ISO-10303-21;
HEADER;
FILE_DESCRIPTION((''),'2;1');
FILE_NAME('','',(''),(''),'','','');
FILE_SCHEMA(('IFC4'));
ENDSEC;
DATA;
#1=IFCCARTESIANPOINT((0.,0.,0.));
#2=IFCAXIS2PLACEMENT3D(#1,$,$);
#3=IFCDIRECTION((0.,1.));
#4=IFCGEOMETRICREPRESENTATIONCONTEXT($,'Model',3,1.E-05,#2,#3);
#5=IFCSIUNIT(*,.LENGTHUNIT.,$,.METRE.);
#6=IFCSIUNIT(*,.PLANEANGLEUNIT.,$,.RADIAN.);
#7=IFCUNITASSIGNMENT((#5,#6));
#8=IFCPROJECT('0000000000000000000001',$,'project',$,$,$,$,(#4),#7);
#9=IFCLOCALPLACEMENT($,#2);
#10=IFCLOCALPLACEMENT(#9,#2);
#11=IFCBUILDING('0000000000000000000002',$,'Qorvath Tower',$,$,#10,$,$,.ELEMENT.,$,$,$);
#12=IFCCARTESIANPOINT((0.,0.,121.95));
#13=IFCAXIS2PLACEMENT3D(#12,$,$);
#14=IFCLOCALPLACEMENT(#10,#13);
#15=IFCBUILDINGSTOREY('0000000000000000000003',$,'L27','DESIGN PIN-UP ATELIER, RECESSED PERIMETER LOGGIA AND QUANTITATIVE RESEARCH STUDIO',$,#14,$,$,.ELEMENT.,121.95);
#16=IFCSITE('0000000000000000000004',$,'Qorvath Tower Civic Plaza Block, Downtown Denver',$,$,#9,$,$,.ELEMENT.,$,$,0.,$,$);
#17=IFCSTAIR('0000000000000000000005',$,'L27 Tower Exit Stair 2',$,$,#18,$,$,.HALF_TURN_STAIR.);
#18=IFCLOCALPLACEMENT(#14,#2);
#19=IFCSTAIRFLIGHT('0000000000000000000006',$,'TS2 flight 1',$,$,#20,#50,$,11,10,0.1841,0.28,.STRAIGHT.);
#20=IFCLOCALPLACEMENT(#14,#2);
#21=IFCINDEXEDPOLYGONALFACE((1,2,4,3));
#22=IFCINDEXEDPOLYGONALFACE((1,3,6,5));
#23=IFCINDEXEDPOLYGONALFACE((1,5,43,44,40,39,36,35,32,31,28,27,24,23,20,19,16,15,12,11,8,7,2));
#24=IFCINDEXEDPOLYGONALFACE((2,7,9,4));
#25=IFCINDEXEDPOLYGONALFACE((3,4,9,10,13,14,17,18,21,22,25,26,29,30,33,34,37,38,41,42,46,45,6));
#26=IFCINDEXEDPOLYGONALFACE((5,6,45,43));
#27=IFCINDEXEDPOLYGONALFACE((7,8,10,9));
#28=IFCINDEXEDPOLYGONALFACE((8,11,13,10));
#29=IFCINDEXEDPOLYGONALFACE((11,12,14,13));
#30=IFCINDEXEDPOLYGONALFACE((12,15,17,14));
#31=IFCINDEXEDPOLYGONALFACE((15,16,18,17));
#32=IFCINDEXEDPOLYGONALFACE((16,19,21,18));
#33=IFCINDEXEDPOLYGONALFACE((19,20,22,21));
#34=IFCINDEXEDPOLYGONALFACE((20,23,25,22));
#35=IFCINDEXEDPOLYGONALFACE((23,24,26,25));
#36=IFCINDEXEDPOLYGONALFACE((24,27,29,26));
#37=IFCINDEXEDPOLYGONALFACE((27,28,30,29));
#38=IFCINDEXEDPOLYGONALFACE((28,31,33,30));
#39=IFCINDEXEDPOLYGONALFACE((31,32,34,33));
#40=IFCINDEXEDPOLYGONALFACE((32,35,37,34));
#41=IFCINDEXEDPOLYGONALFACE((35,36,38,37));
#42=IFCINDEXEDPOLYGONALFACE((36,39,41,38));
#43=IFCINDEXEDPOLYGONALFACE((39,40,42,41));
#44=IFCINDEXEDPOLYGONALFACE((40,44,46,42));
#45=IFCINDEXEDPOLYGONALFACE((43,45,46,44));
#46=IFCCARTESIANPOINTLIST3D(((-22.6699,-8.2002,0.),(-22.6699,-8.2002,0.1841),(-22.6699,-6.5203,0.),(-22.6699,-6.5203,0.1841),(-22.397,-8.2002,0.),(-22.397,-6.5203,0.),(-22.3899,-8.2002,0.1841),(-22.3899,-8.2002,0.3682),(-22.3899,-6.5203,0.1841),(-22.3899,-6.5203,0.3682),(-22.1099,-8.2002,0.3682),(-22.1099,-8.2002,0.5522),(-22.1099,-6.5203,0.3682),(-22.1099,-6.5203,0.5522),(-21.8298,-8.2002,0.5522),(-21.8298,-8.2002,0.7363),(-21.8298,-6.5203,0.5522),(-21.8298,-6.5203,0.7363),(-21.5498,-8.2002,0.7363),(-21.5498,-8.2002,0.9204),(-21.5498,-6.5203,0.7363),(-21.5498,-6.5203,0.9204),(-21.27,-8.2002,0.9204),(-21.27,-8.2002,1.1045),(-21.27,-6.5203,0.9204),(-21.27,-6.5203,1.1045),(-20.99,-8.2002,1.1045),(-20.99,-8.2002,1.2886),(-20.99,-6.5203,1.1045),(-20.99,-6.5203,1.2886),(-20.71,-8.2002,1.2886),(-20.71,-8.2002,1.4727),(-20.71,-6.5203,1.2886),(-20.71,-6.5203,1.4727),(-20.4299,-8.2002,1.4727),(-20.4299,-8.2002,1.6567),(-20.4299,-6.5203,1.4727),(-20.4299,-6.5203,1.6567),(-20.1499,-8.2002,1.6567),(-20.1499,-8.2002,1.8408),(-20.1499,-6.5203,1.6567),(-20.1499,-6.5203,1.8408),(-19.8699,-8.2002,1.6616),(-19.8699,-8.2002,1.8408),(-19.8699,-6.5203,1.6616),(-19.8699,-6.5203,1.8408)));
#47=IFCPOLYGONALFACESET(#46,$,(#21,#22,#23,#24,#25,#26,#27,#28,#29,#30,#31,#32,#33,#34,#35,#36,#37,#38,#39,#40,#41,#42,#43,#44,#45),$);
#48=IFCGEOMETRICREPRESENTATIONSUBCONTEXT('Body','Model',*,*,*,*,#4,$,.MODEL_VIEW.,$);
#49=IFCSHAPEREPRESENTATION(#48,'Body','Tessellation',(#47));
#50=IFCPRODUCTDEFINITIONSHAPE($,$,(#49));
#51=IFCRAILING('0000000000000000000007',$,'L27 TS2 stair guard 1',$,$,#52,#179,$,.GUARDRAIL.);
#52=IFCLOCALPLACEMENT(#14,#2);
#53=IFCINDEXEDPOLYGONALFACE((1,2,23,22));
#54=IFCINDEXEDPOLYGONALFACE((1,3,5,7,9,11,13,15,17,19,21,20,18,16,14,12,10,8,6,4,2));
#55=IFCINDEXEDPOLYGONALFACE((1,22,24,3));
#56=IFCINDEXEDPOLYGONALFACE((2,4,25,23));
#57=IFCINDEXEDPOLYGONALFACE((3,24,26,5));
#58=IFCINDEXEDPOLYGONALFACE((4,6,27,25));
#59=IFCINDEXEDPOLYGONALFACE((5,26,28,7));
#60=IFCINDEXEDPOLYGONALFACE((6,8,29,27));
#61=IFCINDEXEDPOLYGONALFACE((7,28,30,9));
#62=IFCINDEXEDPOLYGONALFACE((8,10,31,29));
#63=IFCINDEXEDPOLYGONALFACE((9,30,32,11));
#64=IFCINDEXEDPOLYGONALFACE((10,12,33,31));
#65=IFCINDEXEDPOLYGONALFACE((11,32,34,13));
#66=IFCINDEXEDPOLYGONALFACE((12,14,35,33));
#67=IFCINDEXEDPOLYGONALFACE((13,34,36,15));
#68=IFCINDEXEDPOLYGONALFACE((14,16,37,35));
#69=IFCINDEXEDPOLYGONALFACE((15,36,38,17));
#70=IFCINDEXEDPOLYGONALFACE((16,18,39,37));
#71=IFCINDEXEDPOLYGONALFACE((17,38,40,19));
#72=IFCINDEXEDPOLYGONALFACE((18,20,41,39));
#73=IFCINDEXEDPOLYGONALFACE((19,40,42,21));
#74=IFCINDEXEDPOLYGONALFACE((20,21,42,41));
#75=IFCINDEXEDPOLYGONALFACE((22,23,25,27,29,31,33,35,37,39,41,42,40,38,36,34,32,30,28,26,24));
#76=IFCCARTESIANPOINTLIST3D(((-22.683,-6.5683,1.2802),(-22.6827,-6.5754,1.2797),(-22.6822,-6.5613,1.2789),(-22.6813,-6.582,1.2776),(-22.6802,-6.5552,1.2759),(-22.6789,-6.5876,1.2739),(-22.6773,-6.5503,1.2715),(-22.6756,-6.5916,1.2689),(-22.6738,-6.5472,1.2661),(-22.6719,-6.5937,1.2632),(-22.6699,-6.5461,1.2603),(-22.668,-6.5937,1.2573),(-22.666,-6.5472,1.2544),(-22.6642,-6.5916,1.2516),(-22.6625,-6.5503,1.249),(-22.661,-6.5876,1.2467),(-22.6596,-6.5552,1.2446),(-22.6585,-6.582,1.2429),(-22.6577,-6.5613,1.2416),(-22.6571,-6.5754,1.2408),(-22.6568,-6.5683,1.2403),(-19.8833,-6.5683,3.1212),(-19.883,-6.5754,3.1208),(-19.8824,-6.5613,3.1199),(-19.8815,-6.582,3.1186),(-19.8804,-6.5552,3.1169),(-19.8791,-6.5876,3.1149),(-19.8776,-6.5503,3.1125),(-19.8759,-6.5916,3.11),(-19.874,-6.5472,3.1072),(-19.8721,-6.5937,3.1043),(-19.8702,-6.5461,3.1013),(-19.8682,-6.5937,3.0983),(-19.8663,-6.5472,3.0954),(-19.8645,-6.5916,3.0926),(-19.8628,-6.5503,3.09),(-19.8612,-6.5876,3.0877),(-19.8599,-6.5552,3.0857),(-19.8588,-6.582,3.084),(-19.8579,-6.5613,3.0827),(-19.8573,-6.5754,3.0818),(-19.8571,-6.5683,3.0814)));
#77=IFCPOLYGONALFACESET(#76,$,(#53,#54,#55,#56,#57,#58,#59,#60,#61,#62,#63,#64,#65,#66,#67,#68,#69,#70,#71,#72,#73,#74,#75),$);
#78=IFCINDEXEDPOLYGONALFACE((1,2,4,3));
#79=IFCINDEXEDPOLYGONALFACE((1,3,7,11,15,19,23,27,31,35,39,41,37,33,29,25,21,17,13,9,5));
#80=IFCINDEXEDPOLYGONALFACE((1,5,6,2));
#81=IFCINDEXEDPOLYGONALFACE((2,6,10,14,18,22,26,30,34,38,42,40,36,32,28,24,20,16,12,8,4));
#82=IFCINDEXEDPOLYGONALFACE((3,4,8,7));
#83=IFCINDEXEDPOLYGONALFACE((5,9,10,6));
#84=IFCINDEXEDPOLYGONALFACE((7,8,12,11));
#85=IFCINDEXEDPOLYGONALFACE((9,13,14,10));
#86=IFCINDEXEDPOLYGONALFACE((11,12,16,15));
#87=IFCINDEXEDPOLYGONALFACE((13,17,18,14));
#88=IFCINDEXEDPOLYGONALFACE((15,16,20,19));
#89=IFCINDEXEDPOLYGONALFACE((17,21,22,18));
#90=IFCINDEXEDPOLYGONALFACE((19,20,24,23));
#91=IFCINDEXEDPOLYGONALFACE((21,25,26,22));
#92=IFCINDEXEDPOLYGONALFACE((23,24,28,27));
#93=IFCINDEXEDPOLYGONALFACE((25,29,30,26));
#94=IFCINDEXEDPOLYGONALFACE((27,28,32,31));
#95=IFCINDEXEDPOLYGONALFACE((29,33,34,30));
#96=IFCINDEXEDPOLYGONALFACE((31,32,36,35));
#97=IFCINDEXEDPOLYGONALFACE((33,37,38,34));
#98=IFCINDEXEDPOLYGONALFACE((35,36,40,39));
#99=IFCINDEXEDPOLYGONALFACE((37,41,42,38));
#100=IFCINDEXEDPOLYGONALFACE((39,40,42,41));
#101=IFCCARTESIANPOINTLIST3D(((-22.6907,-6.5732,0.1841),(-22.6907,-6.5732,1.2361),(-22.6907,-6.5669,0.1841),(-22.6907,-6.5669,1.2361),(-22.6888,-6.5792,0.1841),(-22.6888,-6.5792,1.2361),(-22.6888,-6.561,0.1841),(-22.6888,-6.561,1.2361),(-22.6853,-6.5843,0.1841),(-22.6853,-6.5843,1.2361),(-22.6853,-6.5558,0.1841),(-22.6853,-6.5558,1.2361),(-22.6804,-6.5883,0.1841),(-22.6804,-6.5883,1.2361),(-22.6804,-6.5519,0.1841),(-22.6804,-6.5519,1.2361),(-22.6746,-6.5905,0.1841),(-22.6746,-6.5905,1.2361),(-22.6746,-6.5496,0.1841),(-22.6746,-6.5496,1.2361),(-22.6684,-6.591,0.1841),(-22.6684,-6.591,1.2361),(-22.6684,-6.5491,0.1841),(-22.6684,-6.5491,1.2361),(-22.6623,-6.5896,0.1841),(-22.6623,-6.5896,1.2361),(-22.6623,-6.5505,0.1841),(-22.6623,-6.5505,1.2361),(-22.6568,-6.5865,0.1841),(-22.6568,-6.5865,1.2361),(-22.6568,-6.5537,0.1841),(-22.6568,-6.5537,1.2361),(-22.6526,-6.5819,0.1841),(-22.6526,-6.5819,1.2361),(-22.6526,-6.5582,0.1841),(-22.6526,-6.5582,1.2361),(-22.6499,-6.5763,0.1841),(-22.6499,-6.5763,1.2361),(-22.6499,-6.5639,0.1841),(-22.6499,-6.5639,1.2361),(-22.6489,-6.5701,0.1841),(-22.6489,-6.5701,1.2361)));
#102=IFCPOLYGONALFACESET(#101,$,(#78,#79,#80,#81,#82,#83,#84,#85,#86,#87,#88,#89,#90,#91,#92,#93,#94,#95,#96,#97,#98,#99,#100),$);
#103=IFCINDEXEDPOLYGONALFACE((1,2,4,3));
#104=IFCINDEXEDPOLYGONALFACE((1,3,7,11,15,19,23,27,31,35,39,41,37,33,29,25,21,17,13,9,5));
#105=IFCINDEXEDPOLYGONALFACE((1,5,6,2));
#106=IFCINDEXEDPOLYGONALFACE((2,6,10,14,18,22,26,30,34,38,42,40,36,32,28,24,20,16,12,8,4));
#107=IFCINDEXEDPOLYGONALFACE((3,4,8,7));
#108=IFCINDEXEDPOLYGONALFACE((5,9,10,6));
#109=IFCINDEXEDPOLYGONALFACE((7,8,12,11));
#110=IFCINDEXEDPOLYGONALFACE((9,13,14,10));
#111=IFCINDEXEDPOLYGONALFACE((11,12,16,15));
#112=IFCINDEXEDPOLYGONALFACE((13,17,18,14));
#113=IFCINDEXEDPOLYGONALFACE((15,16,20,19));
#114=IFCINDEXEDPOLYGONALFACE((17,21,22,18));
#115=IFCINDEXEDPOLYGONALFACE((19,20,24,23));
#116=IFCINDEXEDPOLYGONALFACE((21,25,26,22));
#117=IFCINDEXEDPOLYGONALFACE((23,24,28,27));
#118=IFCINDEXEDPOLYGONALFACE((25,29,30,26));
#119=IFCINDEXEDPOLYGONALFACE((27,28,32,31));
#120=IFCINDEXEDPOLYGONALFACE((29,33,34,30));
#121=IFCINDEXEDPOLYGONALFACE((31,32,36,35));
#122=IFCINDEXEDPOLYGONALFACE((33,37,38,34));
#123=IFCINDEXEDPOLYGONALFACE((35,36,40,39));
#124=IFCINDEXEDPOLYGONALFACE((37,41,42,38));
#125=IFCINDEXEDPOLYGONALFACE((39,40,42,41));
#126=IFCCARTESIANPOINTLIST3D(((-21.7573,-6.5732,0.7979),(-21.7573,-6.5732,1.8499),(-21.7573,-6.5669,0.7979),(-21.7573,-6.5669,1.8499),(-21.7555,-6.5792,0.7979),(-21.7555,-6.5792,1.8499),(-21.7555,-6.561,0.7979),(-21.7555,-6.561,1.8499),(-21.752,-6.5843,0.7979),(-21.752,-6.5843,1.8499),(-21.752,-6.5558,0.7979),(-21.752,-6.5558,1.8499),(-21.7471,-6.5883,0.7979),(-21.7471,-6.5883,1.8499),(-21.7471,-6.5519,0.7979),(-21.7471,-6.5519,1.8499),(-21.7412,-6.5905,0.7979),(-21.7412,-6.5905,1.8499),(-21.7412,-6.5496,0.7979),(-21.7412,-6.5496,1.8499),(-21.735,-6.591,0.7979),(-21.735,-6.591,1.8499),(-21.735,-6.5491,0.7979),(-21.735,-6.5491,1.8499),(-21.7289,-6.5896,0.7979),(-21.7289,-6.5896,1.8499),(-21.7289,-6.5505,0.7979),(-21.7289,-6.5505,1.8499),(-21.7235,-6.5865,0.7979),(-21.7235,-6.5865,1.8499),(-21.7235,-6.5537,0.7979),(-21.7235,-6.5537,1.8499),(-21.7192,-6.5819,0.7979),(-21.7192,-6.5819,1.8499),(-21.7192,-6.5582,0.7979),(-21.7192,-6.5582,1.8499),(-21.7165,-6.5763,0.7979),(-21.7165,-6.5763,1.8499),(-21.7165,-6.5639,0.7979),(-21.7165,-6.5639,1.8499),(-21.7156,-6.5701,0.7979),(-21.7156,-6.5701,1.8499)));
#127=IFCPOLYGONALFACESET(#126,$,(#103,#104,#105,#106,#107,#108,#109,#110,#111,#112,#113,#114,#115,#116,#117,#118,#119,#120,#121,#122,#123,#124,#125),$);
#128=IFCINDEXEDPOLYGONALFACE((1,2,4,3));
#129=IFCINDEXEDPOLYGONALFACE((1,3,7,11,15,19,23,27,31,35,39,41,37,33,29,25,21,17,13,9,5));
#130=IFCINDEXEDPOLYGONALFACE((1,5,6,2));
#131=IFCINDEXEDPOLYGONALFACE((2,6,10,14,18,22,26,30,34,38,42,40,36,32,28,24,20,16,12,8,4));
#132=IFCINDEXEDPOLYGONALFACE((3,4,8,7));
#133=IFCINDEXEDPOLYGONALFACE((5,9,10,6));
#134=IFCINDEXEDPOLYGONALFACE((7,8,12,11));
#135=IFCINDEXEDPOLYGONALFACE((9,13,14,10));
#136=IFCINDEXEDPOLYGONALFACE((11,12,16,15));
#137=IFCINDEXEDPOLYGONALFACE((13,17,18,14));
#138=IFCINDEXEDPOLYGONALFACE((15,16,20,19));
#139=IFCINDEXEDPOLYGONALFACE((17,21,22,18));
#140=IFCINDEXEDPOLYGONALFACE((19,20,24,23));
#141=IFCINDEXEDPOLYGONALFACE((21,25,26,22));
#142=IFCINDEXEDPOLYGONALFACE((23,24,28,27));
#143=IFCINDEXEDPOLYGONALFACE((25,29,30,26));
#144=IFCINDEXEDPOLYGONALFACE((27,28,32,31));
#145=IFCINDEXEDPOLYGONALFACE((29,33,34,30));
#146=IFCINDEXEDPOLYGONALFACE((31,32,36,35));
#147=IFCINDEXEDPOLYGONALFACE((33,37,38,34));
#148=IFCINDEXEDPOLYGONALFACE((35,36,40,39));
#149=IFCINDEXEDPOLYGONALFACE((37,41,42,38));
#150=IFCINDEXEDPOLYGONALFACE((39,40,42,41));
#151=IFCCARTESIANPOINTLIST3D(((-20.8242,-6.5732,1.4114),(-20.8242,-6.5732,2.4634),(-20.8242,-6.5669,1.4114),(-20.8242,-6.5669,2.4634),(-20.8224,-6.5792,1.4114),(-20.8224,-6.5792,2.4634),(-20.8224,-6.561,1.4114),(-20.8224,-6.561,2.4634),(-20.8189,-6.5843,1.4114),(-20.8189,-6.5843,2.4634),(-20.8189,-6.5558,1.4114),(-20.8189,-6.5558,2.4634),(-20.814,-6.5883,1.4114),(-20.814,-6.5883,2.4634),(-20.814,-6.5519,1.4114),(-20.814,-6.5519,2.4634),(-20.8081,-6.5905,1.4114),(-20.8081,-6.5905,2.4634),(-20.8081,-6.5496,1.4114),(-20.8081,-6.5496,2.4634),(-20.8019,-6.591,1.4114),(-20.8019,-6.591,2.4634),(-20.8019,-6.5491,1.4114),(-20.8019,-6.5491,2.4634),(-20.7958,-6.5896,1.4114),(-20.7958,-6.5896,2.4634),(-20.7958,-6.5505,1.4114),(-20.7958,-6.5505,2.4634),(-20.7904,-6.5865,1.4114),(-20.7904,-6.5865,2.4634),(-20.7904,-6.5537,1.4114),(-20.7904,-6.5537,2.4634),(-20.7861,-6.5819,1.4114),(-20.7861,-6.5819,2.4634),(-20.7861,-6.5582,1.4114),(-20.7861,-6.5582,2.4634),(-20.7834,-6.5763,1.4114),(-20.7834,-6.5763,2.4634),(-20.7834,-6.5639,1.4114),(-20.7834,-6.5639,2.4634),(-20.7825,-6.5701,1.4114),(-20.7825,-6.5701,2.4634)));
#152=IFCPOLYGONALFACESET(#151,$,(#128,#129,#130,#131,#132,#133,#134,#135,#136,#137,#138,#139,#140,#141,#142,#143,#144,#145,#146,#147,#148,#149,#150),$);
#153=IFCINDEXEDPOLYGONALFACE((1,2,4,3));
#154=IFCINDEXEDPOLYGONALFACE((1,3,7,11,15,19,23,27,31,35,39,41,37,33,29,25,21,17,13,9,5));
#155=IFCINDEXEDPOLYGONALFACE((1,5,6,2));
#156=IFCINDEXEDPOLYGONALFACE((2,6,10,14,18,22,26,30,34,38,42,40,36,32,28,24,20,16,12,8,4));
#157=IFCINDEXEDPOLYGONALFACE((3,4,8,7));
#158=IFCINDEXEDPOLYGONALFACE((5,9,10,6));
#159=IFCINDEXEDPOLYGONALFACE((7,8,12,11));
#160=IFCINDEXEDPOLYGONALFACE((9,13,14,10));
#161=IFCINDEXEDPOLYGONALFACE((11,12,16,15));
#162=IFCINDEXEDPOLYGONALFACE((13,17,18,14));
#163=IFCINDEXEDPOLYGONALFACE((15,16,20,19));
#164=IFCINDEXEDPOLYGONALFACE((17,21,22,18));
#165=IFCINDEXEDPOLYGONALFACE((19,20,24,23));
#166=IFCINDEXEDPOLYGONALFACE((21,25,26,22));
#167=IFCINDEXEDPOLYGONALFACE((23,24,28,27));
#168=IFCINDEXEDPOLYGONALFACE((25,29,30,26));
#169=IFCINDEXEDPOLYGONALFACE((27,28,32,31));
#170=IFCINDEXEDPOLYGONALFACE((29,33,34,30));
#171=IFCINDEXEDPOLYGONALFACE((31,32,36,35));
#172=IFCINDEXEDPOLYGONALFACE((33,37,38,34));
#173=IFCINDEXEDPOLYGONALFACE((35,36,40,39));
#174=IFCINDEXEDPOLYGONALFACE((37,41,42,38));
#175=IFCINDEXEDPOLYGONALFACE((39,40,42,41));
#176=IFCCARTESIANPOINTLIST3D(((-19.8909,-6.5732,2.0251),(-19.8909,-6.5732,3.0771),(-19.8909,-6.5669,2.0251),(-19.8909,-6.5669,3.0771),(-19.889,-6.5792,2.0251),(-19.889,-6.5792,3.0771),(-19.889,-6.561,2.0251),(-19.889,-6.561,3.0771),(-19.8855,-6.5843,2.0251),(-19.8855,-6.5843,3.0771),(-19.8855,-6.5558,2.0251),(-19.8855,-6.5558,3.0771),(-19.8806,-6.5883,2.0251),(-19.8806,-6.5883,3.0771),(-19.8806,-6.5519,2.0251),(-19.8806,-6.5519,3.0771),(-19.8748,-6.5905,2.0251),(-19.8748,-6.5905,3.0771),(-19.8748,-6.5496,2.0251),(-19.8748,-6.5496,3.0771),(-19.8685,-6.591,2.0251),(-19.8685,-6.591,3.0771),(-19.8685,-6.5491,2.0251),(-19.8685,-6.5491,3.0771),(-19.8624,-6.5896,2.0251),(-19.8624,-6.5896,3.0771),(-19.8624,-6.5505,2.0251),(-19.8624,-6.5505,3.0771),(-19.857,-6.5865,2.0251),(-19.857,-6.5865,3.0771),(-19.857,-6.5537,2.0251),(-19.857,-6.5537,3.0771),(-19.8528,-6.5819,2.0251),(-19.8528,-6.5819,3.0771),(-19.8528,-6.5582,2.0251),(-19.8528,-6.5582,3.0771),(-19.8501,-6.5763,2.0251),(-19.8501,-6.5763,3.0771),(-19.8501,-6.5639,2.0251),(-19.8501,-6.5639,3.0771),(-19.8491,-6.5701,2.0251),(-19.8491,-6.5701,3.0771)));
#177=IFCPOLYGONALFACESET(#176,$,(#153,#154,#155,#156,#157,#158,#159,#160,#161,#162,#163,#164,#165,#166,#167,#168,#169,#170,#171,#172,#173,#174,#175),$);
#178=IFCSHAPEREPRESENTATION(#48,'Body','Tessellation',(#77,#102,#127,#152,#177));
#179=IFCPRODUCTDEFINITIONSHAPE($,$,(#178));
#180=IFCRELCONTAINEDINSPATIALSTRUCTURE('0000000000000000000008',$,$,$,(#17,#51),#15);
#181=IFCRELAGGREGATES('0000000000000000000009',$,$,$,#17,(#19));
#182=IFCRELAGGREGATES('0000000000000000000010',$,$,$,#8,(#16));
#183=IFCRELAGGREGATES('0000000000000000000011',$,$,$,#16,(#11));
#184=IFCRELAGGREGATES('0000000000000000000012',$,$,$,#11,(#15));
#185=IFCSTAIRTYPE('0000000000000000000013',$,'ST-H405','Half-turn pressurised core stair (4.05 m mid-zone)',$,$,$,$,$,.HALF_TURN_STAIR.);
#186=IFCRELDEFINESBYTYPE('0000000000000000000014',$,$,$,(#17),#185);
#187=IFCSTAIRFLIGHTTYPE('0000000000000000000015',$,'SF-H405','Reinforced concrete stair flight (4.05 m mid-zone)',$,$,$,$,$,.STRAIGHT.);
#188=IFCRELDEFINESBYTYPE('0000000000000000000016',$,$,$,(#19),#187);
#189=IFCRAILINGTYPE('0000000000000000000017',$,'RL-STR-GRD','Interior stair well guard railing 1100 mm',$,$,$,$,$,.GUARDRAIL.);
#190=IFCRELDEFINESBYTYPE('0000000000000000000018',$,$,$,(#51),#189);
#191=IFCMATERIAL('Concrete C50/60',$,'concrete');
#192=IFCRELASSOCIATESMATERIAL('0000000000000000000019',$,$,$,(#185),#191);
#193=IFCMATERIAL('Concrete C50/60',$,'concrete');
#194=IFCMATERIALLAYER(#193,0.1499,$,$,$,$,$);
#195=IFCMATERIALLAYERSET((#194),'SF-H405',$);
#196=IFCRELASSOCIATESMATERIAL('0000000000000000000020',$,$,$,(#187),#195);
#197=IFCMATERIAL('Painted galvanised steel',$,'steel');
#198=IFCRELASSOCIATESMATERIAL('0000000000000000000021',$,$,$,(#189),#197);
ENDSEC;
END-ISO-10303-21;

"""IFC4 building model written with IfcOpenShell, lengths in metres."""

from ifc_helpers import new_model, si_unit, direction, frame, origin, origin_2d, place, context, subcontext, project, spatial, polyline, circle, outline, extrude, material, layer, layer_set, type_object, element, aggregate, save


model = new_model("IFC4")

# Units and contexts
model_context = context("Model", 3, precision=1e-05, world=origin(), true_north=direction((0.0, 1.0)))
body_context = subcontext(model_context, "Body", "Model", "MODEL_VIEW")
ifc_project = project(units=[si_unit("LENGTHUNIT", "METRE"), si_unit("PLANEANGLEUNIT", "RADIAN")], contexts=[model_context])

# Site, building, storey
site_placement = place(None, origin())
site = spatial("IfcSite", under=ifc_project, at=site_placement, Name="Qorvath Tower Civic Plaza Block, Downtown Denver", CompositionType="ELEMENT", RefElevation=0.0)
building_placement = place(site_placement, origin())
building = spatial("IfcBuilding", under=site, at=building_placement, Name="Qorvath Tower", CompositionType="ELEMENT")
storey_placement = place(building_placement, frame((0.0, 0.0, 121.95)))
storey = spatial("IfcBuildingStorey", under=building, at=storey_placement, Name="L27", Description="DESIGN PIN-UP ATELIER, RECESSED PERIMETER LOGGIA AND QUANTITATIVE RESEARCH STUDIO", CompositionType="ELEMENT", Elevation=121.95)

# Stair, stair flight
ifc_material_1 = material(Name="Concrete C50/60", Category="concrete")
stair_type = type_object("IfcStairType", Name="ST-H405", Description="Half-turn pressurised core stair (4.05 m mid-zone)", PredefinedType="HALF_TURN_STAIR", material=ifc_material_1)
stair_placement = place(storey_placement, origin())
stair = element("IfcStair", 1, at=stair_placement, inside=storey, type_object=stair_type, Name="L27 Tower Exit Stair 2", PredefinedType="HALF_TURN_STAIR")
ifc_material_2 = material(Name="Concrete C50/60", Category="concrete")
ifc_layer_1 = layer(ifc_material_2, 0.1499)
ifc_layer_set_1 = layer_set([ifc_layer_1], Name="SF-H405")
stair_flight_type = type_object("IfcStairFlightType", Name="SF-H405", Description="Reinforced concrete stair flight (4.05 m mid-zone)", PredefinedType="STRAIGHT", material=ifc_layer_set_1)
stair_flight_placement = place(storey_placement, frame((-22.6699, -7.3601, 0.0), z_axis=(0.0, 0.0, 1.0), x_axis=(1.0, 0.0, 0.0)))
stair_flight = element("IfcStairFlight", 2, at=stair_flight_placement, type_object=stair_flight_type, Name="TS2 flight 1", NumberOfRisers=11, NumberOfTreads=10, PredefinedType="STRAIGHT", RiserHeight=0.1841, TreadLength=0.28, context=body_context, shape_type="SweptSolid", body=[
    extrude(outline(polyline([(0.0, 0.0), (0.0, 0.1841), (0.28, 0.1841), (0.28, 0.3682), (0.5601, 0.3682), (0.5601, 0.5522), (0.8401, 0.5522), (0.8401, 0.7363), (1.1201, 0.7363), (1.1201, 0.9204), (1.3999, 0.9204), (1.3999, 1.1045), (1.6799, 1.1045), (1.6799, 1.2886), (1.96, 1.2886), (1.96, 1.4727), (2.24, 1.4727), (2.24, 1.6567), (2.52, 1.6567), (2.52, 1.8408), (2.8, 1.8408), (2.8, 2.0249), (2.8, 1.6616), (0.2729, 0.0), (0.0, 0.0)])), frame((0.0, 0.8398, 0.0), z_axis=(0.0, -1.0, 0.0), x_axis=(1.0, 0.0, 0.0)), (0.0, 0.0, 1.0), 1.6799),
])
aggregate(stair, [stair_flight])

# Railing
ifc_material_3 = material(Name="Painted galvanised steel", Category="steel")
railing_type_1 = type_object("IfcRailingType", Name="RL-STR-GRD", Description="Interior stair well guard railing 1100 mm", PredefinedType="GUARDRAIL", material=ifc_material_3)
railing_1_placement = place(storey_placement, frame((-22.6699, -6.5701, 0.1841)))
element("IfcRailing", 3, at=railing_1_placement, inside=storey, type_object=railing_type_1, Name="L27 TS2 stair guard 1", PredefinedType="GUARDRAIL", context=body_context, shape_type="SweptSolid", body=[
    extrude(circle(Radius=0.0239, at=origin_2d()), frame((0.0, 0.0, 1.0762), z_axis=(0.835542, 0.0, 0.549426), x_axis=(0.0, 1.0, 0.0)), (0.0, 0.0, 1.0), 3.3508),
    extrude(circle(Radius=0.021, at=origin_2d()), origin(), (0.0, 0.0, 1.0), 1.052),
    extrude(circle(Radius=0.021, at=origin_2d()), frame((0.9333, 0.0, 0.6138)), (0.0, 0.0, 1.0), 1.052),
    extrude(circle(Radius=0.021, at=origin_2d()), frame((1.8665, 0.0, 1.2273)), (0.0, 0.0, 1.0), 1.052),
    extrude(circle(Radius=0.021, at=origin_2d()), frame((2.7998, 0.0, 1.8411)), (0.0, 0.0, 1.0), 1.052),
])

save(model, "model.ifc")
